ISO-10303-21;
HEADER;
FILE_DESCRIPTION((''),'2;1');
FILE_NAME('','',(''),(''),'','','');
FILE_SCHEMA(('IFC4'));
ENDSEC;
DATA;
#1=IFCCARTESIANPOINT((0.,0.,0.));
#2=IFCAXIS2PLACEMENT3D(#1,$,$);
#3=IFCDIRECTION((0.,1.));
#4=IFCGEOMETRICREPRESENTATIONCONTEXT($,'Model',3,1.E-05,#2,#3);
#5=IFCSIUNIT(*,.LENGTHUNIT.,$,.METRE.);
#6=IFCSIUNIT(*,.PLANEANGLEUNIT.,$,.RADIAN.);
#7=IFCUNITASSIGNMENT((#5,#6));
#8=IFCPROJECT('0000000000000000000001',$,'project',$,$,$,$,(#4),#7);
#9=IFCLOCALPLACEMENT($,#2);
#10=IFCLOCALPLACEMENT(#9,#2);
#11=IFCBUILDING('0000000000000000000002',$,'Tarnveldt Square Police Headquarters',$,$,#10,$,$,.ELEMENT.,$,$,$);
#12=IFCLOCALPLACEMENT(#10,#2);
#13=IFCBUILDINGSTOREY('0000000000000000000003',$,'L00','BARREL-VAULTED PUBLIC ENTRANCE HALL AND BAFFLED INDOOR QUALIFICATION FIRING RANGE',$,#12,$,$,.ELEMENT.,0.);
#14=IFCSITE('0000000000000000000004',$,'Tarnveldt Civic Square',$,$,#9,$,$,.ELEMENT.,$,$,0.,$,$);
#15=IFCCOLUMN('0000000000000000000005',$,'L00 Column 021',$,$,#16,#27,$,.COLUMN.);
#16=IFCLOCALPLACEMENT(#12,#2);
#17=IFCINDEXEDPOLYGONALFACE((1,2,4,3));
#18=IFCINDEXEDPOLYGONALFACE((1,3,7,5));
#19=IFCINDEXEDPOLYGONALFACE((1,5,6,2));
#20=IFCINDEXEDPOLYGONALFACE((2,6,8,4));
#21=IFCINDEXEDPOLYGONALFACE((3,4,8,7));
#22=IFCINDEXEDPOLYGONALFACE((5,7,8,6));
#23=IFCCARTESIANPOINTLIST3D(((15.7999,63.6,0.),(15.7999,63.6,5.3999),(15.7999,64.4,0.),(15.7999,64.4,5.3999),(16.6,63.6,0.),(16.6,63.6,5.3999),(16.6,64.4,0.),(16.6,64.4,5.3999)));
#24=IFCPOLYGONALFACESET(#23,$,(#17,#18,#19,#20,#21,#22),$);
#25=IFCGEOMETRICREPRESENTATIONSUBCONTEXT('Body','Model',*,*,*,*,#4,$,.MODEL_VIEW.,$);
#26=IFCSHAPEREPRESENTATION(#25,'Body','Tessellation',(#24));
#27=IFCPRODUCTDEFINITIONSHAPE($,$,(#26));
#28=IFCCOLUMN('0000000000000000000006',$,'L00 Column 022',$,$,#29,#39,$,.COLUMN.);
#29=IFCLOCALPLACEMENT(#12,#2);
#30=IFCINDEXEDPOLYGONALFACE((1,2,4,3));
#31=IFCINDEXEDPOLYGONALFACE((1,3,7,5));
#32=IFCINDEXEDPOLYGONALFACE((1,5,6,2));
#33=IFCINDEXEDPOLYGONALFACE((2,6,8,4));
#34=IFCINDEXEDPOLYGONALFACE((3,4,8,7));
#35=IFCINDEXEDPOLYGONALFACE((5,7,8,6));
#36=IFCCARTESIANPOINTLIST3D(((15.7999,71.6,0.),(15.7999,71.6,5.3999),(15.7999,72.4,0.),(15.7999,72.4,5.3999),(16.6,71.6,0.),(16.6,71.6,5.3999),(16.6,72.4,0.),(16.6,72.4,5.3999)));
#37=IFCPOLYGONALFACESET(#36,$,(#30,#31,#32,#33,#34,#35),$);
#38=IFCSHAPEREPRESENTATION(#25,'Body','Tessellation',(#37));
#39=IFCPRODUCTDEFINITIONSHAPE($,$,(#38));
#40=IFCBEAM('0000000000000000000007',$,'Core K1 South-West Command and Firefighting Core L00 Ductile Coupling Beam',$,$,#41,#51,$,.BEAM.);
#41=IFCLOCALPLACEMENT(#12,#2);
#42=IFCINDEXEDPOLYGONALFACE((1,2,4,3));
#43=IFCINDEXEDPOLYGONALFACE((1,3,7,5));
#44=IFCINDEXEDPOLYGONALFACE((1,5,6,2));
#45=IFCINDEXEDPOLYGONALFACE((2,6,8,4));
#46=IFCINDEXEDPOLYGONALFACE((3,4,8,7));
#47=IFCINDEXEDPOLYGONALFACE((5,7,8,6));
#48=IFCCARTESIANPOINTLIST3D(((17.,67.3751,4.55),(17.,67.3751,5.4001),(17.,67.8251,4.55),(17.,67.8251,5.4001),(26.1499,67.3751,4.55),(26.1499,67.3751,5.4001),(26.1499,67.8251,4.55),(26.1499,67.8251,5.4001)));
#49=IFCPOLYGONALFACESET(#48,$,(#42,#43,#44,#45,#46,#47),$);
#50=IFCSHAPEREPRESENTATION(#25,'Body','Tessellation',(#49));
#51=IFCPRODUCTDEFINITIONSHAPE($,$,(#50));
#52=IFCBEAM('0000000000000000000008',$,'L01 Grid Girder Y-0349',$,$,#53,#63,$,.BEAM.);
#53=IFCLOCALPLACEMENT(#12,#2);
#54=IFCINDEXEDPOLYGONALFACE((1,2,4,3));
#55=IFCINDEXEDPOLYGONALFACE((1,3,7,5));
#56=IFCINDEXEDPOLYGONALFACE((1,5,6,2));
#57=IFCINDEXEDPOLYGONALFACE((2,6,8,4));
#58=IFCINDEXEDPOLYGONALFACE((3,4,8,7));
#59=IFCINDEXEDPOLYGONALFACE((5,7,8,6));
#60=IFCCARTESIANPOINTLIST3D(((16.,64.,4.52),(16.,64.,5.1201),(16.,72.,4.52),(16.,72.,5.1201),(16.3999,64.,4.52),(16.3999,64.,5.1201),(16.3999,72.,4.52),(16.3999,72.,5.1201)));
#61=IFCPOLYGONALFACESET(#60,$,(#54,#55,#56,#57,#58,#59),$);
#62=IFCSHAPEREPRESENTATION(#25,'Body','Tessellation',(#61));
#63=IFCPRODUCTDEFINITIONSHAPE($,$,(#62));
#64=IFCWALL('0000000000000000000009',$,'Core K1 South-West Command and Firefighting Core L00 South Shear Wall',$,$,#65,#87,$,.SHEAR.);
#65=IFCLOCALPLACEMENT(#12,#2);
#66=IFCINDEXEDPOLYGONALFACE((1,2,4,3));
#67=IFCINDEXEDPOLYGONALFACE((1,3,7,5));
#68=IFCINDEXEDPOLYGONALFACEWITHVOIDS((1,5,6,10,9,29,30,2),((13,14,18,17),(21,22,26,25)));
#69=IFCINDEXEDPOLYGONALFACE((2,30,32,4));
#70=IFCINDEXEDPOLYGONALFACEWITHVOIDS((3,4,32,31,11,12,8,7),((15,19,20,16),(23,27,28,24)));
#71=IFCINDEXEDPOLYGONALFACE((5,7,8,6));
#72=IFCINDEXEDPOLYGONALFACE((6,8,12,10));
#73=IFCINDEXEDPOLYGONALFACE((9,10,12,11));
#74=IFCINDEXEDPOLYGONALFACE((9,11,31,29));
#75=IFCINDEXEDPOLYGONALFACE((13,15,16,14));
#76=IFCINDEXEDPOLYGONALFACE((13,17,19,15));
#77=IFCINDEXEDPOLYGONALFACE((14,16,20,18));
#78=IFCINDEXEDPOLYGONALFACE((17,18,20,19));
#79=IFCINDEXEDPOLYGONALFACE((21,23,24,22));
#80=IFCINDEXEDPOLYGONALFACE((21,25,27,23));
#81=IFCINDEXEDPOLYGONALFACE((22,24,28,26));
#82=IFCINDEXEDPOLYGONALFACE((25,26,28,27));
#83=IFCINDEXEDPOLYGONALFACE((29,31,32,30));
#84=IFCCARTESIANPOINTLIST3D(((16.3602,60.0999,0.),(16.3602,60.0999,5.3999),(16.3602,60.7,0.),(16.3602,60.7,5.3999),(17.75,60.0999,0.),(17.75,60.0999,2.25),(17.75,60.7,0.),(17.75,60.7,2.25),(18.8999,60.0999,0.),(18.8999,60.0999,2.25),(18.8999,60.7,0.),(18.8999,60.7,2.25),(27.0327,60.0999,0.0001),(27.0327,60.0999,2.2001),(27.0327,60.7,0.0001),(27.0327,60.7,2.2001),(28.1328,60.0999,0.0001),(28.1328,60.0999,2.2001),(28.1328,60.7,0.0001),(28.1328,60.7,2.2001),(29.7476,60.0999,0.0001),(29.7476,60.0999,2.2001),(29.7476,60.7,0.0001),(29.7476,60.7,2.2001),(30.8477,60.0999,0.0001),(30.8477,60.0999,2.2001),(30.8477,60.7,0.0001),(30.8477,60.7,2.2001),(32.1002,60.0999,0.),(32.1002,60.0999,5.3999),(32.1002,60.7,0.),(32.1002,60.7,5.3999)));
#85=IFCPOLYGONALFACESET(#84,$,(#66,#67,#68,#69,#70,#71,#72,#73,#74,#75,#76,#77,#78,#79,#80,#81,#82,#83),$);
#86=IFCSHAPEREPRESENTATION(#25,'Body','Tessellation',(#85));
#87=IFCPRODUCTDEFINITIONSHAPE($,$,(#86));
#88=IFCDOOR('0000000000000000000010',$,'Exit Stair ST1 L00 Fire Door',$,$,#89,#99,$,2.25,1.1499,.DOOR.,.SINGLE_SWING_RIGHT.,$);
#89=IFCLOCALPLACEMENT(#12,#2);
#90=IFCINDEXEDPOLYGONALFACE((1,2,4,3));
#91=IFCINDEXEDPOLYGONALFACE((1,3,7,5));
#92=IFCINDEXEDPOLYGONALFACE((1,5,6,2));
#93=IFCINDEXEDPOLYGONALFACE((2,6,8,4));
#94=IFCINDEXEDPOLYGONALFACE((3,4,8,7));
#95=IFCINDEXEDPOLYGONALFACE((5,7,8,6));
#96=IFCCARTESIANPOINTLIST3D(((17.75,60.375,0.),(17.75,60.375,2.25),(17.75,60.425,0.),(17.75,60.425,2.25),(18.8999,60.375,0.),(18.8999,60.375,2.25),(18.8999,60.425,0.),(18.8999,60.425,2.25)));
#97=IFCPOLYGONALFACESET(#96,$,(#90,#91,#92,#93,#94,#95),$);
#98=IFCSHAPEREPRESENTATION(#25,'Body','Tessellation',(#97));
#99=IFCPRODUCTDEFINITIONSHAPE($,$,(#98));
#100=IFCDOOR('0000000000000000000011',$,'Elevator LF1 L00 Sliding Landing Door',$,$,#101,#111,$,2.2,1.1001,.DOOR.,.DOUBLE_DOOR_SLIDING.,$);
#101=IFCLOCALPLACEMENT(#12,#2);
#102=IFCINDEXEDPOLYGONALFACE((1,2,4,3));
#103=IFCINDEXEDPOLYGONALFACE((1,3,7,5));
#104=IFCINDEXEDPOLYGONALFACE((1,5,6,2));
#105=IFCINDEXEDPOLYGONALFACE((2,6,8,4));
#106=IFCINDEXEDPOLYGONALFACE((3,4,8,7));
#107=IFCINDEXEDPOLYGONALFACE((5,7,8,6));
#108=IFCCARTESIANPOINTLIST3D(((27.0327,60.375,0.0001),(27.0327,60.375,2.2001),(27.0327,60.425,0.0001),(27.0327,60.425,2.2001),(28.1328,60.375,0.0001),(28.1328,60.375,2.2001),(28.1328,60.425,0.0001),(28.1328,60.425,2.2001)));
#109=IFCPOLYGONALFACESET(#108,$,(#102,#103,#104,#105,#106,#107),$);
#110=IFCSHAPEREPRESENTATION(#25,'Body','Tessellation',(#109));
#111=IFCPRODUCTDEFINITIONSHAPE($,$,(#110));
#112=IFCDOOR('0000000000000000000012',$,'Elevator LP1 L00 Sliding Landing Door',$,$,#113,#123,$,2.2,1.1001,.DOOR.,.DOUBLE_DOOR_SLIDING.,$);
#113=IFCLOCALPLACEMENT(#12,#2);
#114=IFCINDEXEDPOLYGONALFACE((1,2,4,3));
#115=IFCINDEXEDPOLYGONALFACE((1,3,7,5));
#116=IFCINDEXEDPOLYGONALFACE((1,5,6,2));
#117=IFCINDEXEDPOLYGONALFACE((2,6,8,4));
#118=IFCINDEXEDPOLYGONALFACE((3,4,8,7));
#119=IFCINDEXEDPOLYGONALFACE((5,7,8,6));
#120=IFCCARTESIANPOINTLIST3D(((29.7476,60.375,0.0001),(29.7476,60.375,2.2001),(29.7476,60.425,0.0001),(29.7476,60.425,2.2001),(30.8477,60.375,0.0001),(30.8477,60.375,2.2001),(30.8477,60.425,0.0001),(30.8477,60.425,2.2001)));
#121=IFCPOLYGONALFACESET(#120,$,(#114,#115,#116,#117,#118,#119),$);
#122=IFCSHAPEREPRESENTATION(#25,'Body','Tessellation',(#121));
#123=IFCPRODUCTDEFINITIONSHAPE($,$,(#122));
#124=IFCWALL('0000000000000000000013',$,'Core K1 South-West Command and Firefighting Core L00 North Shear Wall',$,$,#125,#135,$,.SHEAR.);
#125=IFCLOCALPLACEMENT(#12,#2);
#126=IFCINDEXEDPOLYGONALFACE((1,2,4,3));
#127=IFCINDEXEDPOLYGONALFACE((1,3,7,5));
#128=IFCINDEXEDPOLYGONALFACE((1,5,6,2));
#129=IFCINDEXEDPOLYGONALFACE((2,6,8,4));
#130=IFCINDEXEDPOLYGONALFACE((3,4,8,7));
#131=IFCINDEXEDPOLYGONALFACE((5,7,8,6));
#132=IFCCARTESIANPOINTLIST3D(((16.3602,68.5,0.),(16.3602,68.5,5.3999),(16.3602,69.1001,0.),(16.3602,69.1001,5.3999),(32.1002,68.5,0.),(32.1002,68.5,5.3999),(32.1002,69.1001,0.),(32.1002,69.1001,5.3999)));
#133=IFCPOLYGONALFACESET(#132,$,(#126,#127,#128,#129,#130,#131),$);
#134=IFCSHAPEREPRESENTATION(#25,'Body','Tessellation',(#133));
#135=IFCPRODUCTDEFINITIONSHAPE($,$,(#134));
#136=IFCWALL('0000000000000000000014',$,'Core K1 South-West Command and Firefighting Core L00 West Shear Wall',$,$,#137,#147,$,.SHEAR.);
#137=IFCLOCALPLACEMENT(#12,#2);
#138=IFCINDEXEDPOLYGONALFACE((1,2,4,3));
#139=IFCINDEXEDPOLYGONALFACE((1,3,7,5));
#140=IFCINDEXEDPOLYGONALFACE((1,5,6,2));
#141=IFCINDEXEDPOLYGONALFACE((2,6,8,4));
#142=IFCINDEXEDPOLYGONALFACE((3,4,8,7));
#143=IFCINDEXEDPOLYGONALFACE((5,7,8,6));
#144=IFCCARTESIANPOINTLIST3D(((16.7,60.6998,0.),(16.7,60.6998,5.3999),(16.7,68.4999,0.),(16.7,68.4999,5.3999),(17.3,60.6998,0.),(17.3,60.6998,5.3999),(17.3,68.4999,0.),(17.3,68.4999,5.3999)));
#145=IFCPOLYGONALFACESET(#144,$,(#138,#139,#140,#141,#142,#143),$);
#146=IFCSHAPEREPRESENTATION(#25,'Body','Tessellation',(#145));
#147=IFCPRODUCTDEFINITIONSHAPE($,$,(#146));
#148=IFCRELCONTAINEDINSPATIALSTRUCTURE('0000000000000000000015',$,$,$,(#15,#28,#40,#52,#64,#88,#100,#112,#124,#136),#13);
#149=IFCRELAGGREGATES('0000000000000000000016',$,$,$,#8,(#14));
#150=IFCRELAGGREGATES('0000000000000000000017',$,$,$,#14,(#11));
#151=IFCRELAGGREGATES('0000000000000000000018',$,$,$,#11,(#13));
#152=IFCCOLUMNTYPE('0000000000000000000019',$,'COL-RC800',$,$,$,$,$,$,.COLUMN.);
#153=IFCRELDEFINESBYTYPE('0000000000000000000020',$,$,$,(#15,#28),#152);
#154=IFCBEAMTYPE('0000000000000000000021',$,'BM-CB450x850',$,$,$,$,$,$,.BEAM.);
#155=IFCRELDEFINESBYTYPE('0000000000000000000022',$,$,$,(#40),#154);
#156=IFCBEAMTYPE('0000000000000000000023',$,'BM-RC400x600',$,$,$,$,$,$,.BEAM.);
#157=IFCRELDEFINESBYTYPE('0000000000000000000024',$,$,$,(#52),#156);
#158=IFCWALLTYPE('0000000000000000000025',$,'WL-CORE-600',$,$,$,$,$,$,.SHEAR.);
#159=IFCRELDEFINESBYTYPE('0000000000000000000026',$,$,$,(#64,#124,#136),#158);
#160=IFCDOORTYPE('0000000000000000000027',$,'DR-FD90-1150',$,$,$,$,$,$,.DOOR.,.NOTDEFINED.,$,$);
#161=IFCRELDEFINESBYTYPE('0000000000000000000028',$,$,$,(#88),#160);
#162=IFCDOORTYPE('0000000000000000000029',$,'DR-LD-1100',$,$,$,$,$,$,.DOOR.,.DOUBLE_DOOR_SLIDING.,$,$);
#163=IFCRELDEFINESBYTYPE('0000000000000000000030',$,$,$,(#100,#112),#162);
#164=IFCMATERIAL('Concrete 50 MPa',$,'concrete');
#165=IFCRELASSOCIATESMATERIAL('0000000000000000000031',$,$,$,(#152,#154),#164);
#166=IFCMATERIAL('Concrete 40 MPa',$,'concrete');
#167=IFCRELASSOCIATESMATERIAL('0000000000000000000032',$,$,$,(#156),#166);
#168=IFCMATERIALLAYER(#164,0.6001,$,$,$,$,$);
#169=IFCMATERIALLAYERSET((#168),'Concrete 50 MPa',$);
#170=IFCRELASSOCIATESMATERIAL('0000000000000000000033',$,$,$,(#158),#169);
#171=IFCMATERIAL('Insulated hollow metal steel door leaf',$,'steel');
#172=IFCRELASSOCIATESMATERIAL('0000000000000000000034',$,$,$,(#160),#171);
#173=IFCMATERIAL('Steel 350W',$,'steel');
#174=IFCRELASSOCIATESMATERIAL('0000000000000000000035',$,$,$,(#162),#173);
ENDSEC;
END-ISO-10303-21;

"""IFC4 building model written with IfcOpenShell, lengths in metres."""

from ifc_helpers import new_model, si_unit, direction, frame, frame_2d, origin, origin_2d, place, context, subcontext, project, spatial, rectangle, extrude, material, layer, layer_set, material_profile, profile_set, type_object, element, fill, save


model = new_model("IFC4")

# Units and contexts
model_context = context("Model", 3, precision=1e-05, world=origin(), true_north=direction((0.0, 1.0)))
body_context = subcontext(model_context, "Body", "Model", "MODEL_VIEW")
ifc_project = project(units=[si_unit("LENGTHUNIT", "METRE"), si_unit("PLANEANGLEUNIT", "RADIAN")], contexts=[model_context])

# Site, building, storey
site_placement = place(None, origin())
site = spatial("IfcSite", under=ifc_project, at=site_placement, Name="Tarnveldt Civic Square", CompositionType="ELEMENT", RefElevation=0.0)
building_placement = place(site_placement, origin())
building = spatial("IfcBuilding", under=site, at=building_placement, Name="Tarnveldt Square Police Headquarters", CompositionType="ELEMENT")
storey_placement = place(building_placement, origin())
storey = spatial("IfcBuildingStorey", under=building, at=storey_placement, Name="L00", Description="BARREL-VAULTED PUBLIC ENTRANCE HALL AND BAFFLED INDOOR QUALIFICATION FIRING RANGE", CompositionType="ELEMENT", Elevation=0.0)

# Columns
ifc_material_1 = material(Name="Concrete 50 MPa", Category="concrete")
ifc_material_profile_1 = material_profile(ifc_material_1, rectangle(XDim=0.8, YDim=0.8, at=origin_2d()), Name="RC-C800x800")
ifc_profile_set_1 = profile_set([ifc_material_profile_1], Name="Concrete 50 MPa")
column_type = type_object("IfcColumnType", Name="COL-RC800", PredefinedType="COLUMN", material=ifc_profile_set_1)
for number, where, z_axis, x_axis, name in (
    (1, (16.2, 64.0, 0.0), (0.0, 0.0, 1.0), (1.0, 0.0, 0.0), "L00 Column 021"),
    (2, (16.2, 72.0, 0.0), (0.0, 0.0, 1.0), (1.0, 0.0, 0.0), "L00 Column 022"),
):
    element("IfcColumn", number, at=place(storey_placement, frame(where, z_axis=z_axis, x_axis=x_axis)), inside=storey, type_object=column_type, Name=name, PredefinedType="COLUMN", context=body_context, shape_type="SweptSolid", body=[
        extrude(rectangle(XDim=0.8, YDim=0.8, at=origin_2d()), origin(), (0.0, 0.0, 1.0), 5.3999),
    ])

# Beams
ifc_material_profile_2 = material_profile(ifc_material_1, rectangle(XDim=0.45, YDim=0.8501, at=origin_2d()), Name="RC-CB450x850")
ifc_profile_set_2 = profile_set([ifc_material_profile_2], Name="Concrete 50 MPa")
beam_type_1 = type_object("IfcBeamType", Name="BM-CB450x850", PredefinedType="BEAM", material=ifc_profile_set_2)
beam_1_placement = place(storey_placement, frame((17.0, 67.6001, 4.9751), z_axis=(1.0, 0.0, 0.0), x_axis=(0.0, 1.0, 0.0)))
element("IfcBeam", 3, at=beam_1_placement, inside=storey, type_object=beam_type_1, Name="Core K1 South-West Command and Firefighting Core L00 Ductile Coupling Beam", PredefinedType="BEAM", context=body_context, shape_type="SweptSolid", body=[
    extrude(rectangle(XDim=0.45, YDim=0.8501, at=origin_2d()), origin(), (0.0, 0.0, 1.0), 9.1499),
])
ifc_material_2 = material(Name="Concrete 40 MPa", Category="concrete")
ifc_material_profile_3 = material_profile(ifc_material_2, rectangle(XDim=0.3999, YDim=0.6001, at=origin_2d()), Name="RC-B400x600")
ifc_profile_set_3 = profile_set([ifc_material_profile_3], Name="Concrete 40 MPa")
beam_type_2 = type_object("IfcBeamType", Name="BM-RC400x600", PredefinedType="BEAM", material=ifc_profile_set_3)
beam_2_placement = place(storey_placement, frame((16.2, 64.0, 4.8201), z_axis=(0.0, 1.0, 0.0), x_axis=(-1.0, 0.0, 0.0)))
element("IfcBeam", 4, at=beam_2_placement, inside=storey, type_object=beam_type_2, Name="L01 Grid Girder Y-0349", PredefinedType="BEAM", context=body_context, shape_type="SweptSolid", body=[
    extrude(rectangle(XDim=0.3999, YDim=0.6001, at=origin_2d()), origin(), (0.0, 0.0, 1.0), 8.0),
])

# Wall, openings, doors
ifc_layer_1 = layer(ifc_material_1, 0.6001)
ifc_layer_set_1 = layer_set([ifc_layer_1], Name="Concrete 50 MPa")
wall_type_1 = type_object("IfcWallType", Name="WL-CORE-600", PredefinedType="SHEAR", material=ifc_layer_set_1)
wall_1_placement = place(storey_placement, frame((16.3601, 60.3999, 0.0), z_axis=(0.0, 0.0, 1.0), x_axis=(1.0, 0.0, 0.0)))
wall_1 = element("IfcWall", 5, at=wall_1_placement, inside=storey, type_object=wall_type_1, Name="Core K1 South-West Command and Firefighting Core L00 South Shear Wall", PredefinedType="SHEAR", context=body_context, shape_type="SweptSolid", body=[
    extrude(rectangle(XDim=15.74, YDim=0.6001, at=frame_2d((7.8701, 0.0))), origin(), (0.0, 0.0, 1.0), 5.3999),
])
opening_1_placement = place(wall_1_placement, frame((1.3899, 0.0, 0.0)))
opening_1 = element("IfcOpeningElement", 6, at=opening_1_placement, cuts=wall_1, PredefinedType="OPENING", context=body_context, shape_type="SweptSolid", body=[
    extrude(rectangle(XDim=1.1499, YDim=2.25, at=frame_2d((0.575, 1.125))), frame((0.0, 0.3101, 0.0), z_axis=(0.0, -1.0, 0.0), x_axis=(1.0, 0.0, 0.0)), (0.0, 0.0, 1.0), 0.6201),
])
opening_2_placement = place(wall_1_placement, frame((10.6726, 0.0, 0.0)))
opening_2 = element("IfcOpeningElement", 7, at=opening_2_placement, cuts=wall_1, PredefinedType="OPENING", context=body_context, shape_type="SweptSolid", body=[
    extrude(rectangle(XDim=1.1001, YDim=2.2, at=frame_2d((0.55, 1.1001))), frame((0.0, 0.3101, 0.0), z_axis=(0.0, -1.0, 0.0), x_axis=(1.0, 0.0, 0.0)), (0.0, 0.0, 1.0), 0.6201),
])
opening_3_placement = place(wall_1_placement, frame((13.3875, 0.0, 0.0)))
opening_3 = element("IfcOpeningElement", 8, at=opening_3_placement, cuts=wall_1, PredefinedType="OPENING", context=body_context, shape_type="SweptSolid", body=[
    extrude(rectangle(XDim=1.1001, YDim=2.2, at=frame_2d((0.55, 1.1001))), frame((0.0, 0.3101, 0.0), z_axis=(0.0, -1.0, 0.0), x_axis=(1.0, 0.0, 0.0)), (0.0, 0.0, 1.0), 0.6201),
])
ifc_material_3 = material(Name="Insulated hollow metal steel door leaf", Category="steel")
door_type_1 = type_object("IfcDoorType", Name="DR-FD90-1150", OperationType="NOTDEFINED", PredefinedType="DOOR", material=ifc_material_3)
door_1_placement = place(opening_1_placement, frame((1.1499, 0.0, 0.0), z_axis=(0.0, 0.0, 1.0), x_axis=(-1.0, 0.0, 0.0)))
door_1 = element("IfcDoor", 9, at=door_1_placement, inside=storey, type_object=door_type_1, Name="Exit Stair ST1 L00 Fire Door", OperationType="SINGLE_SWING_RIGHT", OverallHeight=2.25, OverallWidth=1.1499, PredefinedType="DOOR", context=body_context, shape_type="SweptSolid", body=[
    extrude(rectangle(XDim=1.1499, YDim=2.25, at=frame_2d((0.575, 1.125))), frame((0.0, 0.0249, 0.0), z_axis=(0.0, -1.0, 0.0), x_axis=(1.0, 0.0, 0.0)), (0.0, 0.0, 1.0), 0.05),
])
fill(opening_1, door_1)
ifc_material_4 = material(Name="Steel 350W", Category="steel")
door_type_2 = type_object("IfcDoorType", Name="DR-LD-1100", OperationType="DOUBLE_DOOR_SLIDING", PredefinedType="DOOR", material=ifc_material_4)
door_2_placement = place(opening_2_placement, frame((1.1001, 0.0, 0.0), z_axis=(0.0, 0.0, 1.0), x_axis=(-1.0, 0.0, 0.0)))
door_2 = element("IfcDoor", 10, at=door_2_placement, inside=storey, type_object=door_type_2, Name="Elevator LF1 L00 Sliding Landing Door", OperationType="DOUBLE_DOOR_SLIDING", OverallHeight=2.2, OverallWidth=1.1001, PredefinedType="DOOR", context=body_context, shape_type="SweptSolid", body=[
    extrude(rectangle(XDim=1.1001, YDim=2.2, at=frame_2d((0.55, 1.1001))), frame((0.0, 0.0249, 0.0), z_axis=(0.0, -1.0, 0.0), x_axis=(1.0, 0.0, 0.0)), (0.0, 0.0, 1.0), 0.05),
])
fill(opening_2, door_2)
door_3_placement = place(opening_3_placement, frame((1.1001, 0.0, 0.0), z_axis=(0.0, 0.0, 1.0), x_axis=(-1.0, 0.0, 0.0)))
door_3 = element("IfcDoor", 11, at=door_3_placement, inside=storey, type_object=door_type_2, Name="Elevator LP1 L00 Sliding Landing Door", OperationType="DOUBLE_DOOR_SLIDING", OverallHeight=2.2, OverallWidth=1.1001, PredefinedType="DOOR", context=body_context, shape_type="SweptSolid", body=[
    extrude(rectangle(XDim=1.1001, YDim=2.2, at=frame_2d((0.55, 1.1001))), frame((0.0, 0.0249, 0.0), z_axis=(0.0, -1.0, 0.0), x_axis=(1.0, 0.0, 0.0)), (0.0, 0.0, 1.0), 0.05),
])
fill(opening_3, door_3)

# Walls
wall_2_placement = place(storey_placement, frame((16.3601, 68.8, 0.0), z_axis=(0.0, 0.0, 1.0), x_axis=(1.0, 0.0, 0.0)))
element("IfcWall", 12, at=wall_2_placement, inside=storey, type_object=wall_type_1, Name="Core K1 South-West Command and Firefighting Core L00 North Shear Wall", PredefinedType="SHEAR", context=body_context, shape_type="SweptSolid", body=[
    extrude(rectangle(XDim=15.74, YDim=0.6001, at=frame_2d((7.8701, 0.0))), origin(), (0.0, 0.0, 1.0), 5.3999),
])
wall_3_placement = place(storey_placement, frame((17.0, 60.7, 0.0), z_axis=(0.0, 0.0, 1.0), x_axis=(0.0, 1.0, 0.0)))
element("IfcWall", 13, at=wall_3_placement, inside=storey, type_object=wall_type_1, Name="Core K1 South-West Command and Firefighting Core L00 West Shear Wall", PredefinedType="SHEAR", context=body_context, shape_type="SweptSolid", body=[
    extrude(rectangle(XDim=7.8, YDim=0.6001, at=frame_2d((3.8999, 0.0))), origin(), (0.0, 0.0, 1.0), 5.3999),
])

save(model, "model.ifc")
